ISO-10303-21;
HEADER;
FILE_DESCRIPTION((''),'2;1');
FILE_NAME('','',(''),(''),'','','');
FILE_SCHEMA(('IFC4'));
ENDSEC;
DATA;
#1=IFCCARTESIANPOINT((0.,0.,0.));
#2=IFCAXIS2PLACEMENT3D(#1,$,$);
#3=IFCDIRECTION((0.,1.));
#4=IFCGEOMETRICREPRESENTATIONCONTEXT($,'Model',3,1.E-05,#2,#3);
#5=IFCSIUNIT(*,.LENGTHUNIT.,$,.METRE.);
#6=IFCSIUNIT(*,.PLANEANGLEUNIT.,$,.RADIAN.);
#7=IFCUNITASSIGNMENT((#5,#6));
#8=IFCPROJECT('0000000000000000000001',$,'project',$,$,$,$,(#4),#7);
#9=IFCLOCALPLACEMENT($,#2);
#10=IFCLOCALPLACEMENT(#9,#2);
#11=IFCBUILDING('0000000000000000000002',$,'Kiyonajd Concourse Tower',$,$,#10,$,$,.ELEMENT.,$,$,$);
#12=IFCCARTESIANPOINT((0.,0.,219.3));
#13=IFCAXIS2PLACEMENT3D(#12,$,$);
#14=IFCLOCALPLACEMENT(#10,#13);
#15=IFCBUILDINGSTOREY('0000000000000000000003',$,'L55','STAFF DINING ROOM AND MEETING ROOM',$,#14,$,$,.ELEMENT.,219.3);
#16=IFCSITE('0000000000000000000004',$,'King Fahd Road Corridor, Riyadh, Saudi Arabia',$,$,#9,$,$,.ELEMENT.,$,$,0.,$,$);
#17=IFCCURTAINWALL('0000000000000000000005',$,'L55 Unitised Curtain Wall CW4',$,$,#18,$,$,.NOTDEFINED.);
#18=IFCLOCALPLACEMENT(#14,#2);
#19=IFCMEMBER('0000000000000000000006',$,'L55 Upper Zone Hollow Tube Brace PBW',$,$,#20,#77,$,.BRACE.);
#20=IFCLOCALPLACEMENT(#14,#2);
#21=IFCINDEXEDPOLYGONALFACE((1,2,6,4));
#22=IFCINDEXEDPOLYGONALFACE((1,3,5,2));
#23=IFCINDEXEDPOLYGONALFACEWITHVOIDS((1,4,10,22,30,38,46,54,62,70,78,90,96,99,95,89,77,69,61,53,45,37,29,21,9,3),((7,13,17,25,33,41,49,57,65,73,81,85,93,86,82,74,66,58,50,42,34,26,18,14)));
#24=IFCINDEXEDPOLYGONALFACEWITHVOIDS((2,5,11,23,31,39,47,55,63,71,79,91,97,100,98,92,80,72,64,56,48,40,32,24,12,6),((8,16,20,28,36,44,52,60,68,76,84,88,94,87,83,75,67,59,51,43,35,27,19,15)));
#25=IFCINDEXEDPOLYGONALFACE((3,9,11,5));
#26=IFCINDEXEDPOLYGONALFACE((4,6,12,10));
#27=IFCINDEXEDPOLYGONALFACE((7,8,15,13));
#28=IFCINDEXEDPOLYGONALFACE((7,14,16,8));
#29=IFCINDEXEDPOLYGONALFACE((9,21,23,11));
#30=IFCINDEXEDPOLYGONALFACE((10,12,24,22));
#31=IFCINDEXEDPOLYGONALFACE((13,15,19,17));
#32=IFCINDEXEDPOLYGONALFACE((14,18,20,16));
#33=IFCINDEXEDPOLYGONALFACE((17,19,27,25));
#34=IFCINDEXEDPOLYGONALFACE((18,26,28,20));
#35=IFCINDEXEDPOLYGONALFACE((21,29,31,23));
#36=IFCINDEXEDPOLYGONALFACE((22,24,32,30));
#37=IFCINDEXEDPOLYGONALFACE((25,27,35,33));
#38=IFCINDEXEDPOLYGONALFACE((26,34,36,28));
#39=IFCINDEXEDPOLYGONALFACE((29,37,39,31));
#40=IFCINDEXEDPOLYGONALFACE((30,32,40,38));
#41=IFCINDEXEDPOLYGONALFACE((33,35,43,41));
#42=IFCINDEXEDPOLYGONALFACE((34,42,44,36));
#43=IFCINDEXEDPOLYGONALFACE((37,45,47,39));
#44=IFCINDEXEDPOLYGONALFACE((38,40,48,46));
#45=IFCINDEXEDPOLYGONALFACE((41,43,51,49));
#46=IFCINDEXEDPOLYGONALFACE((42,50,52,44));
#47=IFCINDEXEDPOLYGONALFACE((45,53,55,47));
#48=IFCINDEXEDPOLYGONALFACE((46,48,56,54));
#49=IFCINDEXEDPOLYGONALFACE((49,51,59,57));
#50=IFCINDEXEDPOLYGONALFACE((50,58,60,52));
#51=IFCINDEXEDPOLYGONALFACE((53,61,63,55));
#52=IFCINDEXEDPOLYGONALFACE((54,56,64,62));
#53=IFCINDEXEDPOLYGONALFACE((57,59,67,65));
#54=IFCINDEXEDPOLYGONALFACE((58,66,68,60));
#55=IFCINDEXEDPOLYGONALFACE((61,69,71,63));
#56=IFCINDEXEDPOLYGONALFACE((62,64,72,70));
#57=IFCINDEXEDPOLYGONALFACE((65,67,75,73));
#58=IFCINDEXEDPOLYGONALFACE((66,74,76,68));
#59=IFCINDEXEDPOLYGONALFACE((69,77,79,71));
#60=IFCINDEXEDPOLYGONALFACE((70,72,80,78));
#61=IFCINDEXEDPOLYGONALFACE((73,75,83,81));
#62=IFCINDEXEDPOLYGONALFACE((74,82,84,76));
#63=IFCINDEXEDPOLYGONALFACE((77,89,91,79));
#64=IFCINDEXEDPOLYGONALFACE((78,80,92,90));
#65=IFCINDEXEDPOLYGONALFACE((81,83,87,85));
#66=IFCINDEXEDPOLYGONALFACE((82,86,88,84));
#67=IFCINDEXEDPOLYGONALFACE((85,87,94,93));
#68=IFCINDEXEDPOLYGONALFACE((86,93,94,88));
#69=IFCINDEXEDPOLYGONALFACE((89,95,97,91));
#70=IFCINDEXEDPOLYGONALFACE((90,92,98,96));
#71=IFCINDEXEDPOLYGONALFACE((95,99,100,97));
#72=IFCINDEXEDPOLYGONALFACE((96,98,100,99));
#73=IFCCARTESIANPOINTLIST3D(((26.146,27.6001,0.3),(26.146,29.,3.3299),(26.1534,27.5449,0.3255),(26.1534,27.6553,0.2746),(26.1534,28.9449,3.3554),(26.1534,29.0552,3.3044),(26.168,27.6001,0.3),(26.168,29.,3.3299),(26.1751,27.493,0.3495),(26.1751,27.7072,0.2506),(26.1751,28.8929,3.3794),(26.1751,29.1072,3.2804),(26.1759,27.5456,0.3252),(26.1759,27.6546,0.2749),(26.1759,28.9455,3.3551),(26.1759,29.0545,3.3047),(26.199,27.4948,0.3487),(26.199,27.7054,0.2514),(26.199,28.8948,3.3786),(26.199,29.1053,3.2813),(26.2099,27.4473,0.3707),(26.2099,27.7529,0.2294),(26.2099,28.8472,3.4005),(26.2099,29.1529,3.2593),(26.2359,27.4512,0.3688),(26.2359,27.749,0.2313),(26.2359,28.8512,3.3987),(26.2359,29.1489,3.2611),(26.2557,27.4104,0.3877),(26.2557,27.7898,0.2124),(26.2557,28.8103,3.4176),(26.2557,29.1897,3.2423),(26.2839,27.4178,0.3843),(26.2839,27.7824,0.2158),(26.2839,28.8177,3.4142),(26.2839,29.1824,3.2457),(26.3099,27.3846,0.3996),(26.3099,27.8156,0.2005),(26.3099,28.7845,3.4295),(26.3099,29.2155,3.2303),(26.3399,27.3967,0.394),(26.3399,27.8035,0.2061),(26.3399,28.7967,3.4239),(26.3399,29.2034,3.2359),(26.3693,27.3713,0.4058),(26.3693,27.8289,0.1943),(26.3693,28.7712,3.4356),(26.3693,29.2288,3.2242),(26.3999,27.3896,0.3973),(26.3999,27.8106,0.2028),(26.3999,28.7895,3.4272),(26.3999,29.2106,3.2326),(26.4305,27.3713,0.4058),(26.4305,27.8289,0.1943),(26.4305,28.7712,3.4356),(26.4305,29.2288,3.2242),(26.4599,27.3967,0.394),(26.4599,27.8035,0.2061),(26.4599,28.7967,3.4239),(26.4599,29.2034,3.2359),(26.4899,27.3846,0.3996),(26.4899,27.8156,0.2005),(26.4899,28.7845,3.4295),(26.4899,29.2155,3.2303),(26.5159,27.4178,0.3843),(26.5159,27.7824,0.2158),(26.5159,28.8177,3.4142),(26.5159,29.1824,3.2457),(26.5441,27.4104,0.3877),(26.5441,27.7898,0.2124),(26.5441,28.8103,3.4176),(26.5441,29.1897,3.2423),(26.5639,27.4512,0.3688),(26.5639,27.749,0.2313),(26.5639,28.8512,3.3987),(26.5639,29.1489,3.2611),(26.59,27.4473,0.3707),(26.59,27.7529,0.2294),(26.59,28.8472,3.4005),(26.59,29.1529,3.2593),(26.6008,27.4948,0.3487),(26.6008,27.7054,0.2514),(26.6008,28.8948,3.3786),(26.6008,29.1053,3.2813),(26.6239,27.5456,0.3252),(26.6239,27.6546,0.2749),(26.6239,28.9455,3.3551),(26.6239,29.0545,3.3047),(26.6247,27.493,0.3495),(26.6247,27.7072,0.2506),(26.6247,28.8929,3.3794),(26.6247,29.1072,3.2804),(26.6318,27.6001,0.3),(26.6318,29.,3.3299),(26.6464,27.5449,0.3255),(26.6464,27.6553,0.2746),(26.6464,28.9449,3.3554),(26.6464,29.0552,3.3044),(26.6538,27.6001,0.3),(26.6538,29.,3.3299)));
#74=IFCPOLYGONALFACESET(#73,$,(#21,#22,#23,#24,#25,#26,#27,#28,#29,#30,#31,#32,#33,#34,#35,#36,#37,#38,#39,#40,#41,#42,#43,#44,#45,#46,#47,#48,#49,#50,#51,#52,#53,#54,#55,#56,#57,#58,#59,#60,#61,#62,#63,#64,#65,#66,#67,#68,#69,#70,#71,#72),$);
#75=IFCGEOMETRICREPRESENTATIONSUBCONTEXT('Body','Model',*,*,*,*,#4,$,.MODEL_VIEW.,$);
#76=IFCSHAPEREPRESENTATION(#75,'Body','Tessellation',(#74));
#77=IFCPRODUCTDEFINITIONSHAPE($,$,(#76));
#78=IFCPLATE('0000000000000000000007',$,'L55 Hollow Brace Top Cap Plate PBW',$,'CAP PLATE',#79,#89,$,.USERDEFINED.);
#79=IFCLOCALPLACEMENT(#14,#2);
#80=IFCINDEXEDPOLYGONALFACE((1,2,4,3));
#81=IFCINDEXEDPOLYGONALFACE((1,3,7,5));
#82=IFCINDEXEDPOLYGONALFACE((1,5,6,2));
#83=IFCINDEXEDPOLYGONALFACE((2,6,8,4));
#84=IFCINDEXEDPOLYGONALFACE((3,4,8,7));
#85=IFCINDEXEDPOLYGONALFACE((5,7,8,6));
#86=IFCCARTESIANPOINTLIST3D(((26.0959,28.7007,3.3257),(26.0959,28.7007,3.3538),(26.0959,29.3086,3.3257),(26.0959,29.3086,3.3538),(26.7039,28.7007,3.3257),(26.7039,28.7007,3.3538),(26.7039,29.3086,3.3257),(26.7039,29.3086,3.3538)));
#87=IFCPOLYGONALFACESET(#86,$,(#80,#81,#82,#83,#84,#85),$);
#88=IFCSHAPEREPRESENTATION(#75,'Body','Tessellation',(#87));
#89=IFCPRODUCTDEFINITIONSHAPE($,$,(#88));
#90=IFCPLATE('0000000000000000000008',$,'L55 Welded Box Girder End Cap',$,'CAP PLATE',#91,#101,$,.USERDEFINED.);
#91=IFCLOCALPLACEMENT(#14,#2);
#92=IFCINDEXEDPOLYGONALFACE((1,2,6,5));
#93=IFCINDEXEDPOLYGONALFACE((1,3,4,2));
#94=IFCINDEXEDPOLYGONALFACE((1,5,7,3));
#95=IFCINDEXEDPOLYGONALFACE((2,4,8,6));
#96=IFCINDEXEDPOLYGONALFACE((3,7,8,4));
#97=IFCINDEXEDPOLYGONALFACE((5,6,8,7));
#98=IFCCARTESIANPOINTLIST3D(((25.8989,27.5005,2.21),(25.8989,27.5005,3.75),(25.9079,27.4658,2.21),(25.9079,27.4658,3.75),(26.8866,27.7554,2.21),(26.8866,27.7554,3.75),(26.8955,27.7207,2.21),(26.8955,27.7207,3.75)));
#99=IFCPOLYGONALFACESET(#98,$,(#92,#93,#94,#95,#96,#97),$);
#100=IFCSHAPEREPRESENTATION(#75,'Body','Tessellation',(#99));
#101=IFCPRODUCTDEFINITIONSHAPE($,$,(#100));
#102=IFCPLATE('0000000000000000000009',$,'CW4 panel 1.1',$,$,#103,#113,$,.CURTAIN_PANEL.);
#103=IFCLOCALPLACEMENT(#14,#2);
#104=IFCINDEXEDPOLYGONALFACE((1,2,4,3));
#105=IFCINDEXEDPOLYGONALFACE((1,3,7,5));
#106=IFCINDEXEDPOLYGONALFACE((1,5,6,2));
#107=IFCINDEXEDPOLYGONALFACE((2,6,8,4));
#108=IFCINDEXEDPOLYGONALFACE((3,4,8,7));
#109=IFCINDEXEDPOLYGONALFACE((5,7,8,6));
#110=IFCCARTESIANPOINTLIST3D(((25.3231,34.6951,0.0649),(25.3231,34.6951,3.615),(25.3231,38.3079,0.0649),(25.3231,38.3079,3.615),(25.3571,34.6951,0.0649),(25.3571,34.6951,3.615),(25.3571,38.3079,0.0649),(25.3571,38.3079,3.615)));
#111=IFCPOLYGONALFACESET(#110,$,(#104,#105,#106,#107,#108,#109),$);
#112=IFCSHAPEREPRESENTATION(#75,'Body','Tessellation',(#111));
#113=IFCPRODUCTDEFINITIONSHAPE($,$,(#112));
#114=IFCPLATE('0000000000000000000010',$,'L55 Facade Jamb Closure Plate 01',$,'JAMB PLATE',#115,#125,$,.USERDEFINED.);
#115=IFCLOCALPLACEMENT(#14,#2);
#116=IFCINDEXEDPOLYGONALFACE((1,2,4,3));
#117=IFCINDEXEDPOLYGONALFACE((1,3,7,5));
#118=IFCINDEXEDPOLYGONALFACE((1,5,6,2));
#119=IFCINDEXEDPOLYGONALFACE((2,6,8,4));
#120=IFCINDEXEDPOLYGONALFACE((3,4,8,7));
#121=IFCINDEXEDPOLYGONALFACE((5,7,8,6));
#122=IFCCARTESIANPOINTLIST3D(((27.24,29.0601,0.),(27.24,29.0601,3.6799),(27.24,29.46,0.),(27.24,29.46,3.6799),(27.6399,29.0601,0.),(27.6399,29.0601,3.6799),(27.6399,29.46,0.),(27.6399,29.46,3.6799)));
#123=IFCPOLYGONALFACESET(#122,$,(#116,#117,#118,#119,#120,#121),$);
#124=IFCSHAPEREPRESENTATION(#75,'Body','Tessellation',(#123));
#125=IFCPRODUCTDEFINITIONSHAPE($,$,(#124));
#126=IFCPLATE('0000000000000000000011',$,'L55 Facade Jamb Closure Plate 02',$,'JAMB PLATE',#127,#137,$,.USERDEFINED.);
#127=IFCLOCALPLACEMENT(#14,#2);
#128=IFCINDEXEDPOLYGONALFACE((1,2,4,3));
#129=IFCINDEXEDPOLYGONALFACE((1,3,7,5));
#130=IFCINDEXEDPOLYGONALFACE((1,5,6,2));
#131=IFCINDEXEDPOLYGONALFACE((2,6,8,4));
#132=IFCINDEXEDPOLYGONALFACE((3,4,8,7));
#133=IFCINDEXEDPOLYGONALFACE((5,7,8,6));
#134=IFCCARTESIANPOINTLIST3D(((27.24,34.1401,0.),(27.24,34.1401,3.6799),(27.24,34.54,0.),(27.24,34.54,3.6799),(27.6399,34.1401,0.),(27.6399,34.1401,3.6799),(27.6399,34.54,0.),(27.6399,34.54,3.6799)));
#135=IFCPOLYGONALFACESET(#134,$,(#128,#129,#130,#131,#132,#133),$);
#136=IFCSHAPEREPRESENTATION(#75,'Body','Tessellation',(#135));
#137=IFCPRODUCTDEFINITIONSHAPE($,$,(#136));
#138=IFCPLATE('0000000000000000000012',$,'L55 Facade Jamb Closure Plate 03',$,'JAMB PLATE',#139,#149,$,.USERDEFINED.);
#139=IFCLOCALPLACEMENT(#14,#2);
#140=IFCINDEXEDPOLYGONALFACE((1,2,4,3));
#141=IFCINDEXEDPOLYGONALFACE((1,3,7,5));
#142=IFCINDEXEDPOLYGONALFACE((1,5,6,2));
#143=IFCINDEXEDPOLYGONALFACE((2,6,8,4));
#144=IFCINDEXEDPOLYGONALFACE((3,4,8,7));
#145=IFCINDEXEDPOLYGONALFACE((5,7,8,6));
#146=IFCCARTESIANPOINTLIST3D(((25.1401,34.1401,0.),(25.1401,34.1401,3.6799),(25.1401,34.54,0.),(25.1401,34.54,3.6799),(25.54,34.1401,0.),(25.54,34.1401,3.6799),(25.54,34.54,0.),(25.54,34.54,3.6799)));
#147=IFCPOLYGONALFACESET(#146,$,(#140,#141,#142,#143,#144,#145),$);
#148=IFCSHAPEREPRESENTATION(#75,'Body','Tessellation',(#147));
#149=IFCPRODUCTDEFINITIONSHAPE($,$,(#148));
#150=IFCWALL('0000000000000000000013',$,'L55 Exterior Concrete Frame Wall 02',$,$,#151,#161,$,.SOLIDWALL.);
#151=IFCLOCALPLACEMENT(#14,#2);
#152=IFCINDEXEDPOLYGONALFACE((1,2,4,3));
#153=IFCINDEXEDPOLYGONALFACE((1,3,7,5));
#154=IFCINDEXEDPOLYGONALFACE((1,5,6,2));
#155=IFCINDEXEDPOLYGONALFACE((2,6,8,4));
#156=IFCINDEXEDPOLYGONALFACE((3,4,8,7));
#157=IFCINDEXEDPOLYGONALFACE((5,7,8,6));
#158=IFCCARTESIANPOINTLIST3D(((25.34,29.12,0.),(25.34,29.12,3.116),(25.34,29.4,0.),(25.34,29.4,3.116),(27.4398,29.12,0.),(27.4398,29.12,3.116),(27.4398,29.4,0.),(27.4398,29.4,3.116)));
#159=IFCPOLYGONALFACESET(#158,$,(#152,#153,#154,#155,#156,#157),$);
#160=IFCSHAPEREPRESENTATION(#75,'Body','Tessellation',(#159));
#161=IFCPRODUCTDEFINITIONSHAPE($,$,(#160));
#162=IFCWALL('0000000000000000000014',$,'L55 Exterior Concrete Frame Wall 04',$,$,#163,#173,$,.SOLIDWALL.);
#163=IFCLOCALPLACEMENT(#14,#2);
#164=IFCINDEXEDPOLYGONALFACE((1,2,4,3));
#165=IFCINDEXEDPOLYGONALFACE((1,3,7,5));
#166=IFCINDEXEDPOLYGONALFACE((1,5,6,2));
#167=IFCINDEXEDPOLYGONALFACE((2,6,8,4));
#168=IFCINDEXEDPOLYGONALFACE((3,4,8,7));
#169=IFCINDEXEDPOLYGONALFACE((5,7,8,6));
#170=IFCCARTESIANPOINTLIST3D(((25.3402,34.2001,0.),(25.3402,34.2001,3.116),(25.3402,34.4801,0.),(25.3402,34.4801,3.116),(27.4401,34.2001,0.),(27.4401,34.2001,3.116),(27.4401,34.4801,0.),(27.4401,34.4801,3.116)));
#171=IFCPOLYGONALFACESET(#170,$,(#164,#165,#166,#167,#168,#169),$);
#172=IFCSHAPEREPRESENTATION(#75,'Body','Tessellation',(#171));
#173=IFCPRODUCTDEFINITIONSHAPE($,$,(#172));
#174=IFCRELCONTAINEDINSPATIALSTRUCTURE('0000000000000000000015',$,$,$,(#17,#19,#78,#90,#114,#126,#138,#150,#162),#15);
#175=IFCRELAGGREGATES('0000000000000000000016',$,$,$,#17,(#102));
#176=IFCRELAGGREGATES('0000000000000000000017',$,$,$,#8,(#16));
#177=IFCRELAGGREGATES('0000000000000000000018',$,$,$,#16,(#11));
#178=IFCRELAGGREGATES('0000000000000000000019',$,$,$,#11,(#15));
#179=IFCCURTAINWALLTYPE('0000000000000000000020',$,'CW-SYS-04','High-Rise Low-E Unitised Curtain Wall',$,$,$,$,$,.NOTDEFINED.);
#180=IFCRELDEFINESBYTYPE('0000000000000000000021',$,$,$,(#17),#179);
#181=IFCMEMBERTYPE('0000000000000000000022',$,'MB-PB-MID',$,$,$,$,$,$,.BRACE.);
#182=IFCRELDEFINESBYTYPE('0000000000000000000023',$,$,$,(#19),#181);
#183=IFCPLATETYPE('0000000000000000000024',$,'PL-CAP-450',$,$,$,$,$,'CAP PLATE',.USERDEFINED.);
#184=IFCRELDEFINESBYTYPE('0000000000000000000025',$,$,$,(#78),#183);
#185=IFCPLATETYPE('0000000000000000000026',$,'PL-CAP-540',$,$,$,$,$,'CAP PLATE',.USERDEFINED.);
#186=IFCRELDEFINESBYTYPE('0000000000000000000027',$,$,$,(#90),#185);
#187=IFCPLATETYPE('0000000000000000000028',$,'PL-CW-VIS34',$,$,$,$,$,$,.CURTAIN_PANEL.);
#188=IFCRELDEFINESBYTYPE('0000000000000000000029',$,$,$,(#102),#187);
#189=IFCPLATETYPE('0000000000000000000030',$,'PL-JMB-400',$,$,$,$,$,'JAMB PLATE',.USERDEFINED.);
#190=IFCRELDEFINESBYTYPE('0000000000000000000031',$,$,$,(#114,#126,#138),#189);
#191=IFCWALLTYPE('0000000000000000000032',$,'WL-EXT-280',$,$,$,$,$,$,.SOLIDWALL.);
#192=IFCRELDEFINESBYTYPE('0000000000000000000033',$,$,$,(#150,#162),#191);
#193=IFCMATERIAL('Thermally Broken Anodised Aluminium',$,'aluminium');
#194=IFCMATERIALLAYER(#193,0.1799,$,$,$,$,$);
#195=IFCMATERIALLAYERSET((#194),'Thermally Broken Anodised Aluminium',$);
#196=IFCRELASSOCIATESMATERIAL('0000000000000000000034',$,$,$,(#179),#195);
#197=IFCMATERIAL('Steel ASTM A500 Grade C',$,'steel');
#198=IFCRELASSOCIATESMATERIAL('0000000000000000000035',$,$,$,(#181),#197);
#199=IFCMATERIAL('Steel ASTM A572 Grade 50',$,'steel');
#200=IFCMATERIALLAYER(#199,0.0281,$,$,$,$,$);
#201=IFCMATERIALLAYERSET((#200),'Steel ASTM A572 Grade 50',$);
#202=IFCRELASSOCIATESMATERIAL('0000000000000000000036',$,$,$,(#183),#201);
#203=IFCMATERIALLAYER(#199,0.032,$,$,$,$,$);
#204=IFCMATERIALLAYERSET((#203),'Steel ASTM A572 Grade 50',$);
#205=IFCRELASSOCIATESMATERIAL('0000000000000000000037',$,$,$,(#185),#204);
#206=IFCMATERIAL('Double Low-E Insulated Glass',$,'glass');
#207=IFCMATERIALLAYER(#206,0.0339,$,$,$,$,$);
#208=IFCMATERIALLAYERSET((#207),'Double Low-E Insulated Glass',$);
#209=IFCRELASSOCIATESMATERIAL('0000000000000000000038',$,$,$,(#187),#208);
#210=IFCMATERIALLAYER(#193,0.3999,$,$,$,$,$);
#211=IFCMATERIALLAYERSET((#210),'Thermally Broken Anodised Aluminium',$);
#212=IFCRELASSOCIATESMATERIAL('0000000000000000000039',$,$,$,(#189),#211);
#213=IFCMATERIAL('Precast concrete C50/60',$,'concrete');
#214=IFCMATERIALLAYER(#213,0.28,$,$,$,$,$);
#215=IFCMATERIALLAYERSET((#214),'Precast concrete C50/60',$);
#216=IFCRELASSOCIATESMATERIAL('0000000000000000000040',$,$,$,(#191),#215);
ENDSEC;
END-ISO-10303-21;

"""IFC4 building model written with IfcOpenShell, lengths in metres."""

from ifc_helpers import new_model, si_unit, direction, frame, frame_2d, origin, origin_2d, place, context, subcontext, project, spatial, rectangle, hollow_circle, extrude, material, layer, layer_set, material_profile, profile_set, type_object, element, aggregate, save


model = new_model("IFC4")

# Units and contexts
model_context = context("Model", 3, precision=1e-05, world=origin(), true_north=direction((0.0, 1.0)))
body_context = subcontext(model_context, "Body", "Model", "MODEL_VIEW")
ifc_project = project(units=[si_unit("LENGTHUNIT", "METRE"), si_unit("PLANEANGLEUNIT", "RADIAN")], contexts=[model_context])

# Site, building, storey
site_placement = place(None, origin())
site = spatial("IfcSite", under=ifc_project, at=site_placement, Name="King Fahd Road Corridor, Riyadh, Saudi Arabia", CompositionType="ELEMENT", RefElevation=0.0)
building_placement = place(site_placement, origin())
building = spatial("IfcBuilding", under=site, at=building_placement, Name="Kiyonajd Concourse Tower", CompositionType="ELEMENT")
storey_placement = place(building_placement, frame((0.0, 0.0, 219.3)))
storey = spatial("IfcBuildingStorey", under=building, at=storey_placement, Name="L55", Description="STAFF DINING ROOM AND MEETING ROOM", CompositionType="ELEMENT", Elevation=219.3)

# Shared definitions
ifc_material_1 = material(Name="Steel ASTM A572 Grade 50", Category="steel")

# Curtain wall
ifc_material_2 = material(Name="Thermally Broken Anodised Aluminium", Category="aluminium")
ifc_layer_1 = layer(ifc_material_2, 0.1799)
ifc_layer_set_1 = layer_set([ifc_layer_1], Name="Thermally Broken Anodised Aluminium")
curtain_wall_type = type_object("IfcCurtainWallType", Name="CW-SYS-04", Description="High-Rise Low-E Unitised Curtain Wall", PredefinedType="NOTDEFINED", material=ifc_layer_set_1)
curtain_wall_placement = place(storey_placement, origin())
curtain_wall = element("IfcCurtainWall", 1, at=curtain_wall_placement, inside=storey, type_object=curtain_wall_type, Name="L55 Unitised Curtain Wall CW4", PredefinedType="NOTDEFINED")

# Member
ifc_material_3 = material(Name="Steel ASTM A500 Grade C", Category="steel")
ifc_material_profile_1 = material_profile(ifc_material_3, hollow_circle(Radius=0.2539, WallThickness=0.022, at=origin_2d()), Name="CHS-508x22")
ifc_profile_set_1 = profile_set([ifc_material_profile_1], Name="Steel ASTM A500 Grade C")
member_type_1 = type_object("IfcMemberType", Name="MB-PB-MID", PredefinedType="BRACE", material=ifc_profile_set_1)
member_1_placement = place(storey_placement, frame((26.3999, 27.6001, 0.3), z_axis=(0.0, 0.419439, 0.907784), x_axis=(-1.0, 0.0, 0.0)))
element("IfcMember", 2, at=member_1_placement, inside=storey, type_object=member_type_1, Name="L55 Upper Zone Hollow Tube Brace PBW", PredefinedType="BRACE", context=body_context, shape_type="SweptSolid", body=[
    extrude(hollow_circle(Radius=0.2539, WallThickness=0.022, at=origin_2d()), origin(), (0.0, 0.0, 1.0), 3.3376),
])

# Plates
ifc_layer_2 = layer(ifc_material_1, 0.0281)
ifc_layer_set_2 = layer_set([ifc_layer_2], Name="Steel ASTM A572 Grade 50")
plate_type_1 = type_object("IfcPlateType", Name="PL-CAP-450", ElementType="CAP PLATE", PredefinedType="USERDEFINED", material=ifc_layer_set_2)
plate_1_placement = place(storey_placement, frame((26.3999, 29.0046, 3.3257), z_axis=(0.0, 0.0, 1.0), x_axis=(1.0, 0.0, 0.0)))
element("IfcPlate", 3, at=plate_1_placement, inside=storey, type_object=plate_type_1, Name="L55 Hollow Brace Top Cap Plate PBW", ObjectType="CAP PLATE", PredefinedType="USERDEFINED", context=body_context, shape_type="SweptSolid", body=[
    extrude(rectangle(XDim=0.6079, YDim=0.6079, at=origin_2d()), origin(), (0.0, 0.0, 1.0), 0.0281),
])
ifc_layer_3 = layer(ifc_material_1, 0.032)
ifc_layer_set_3 = layer_set([ifc_layer_3], Name="Steel ASTM A572 Grade 50")
plate_type_2 = type_object("IfcPlateType", Name="PL-CAP-540", ElementType="CAP PLATE", PredefinedType="USERDEFINED", material=ifc_layer_set_3)
plate_2_placement = place(storey_placement, frame((26.3972, 27.6106, 2.21), z_axis=(0.0, 0.0, 1.0), x_axis=(-0.249873, 0.968279, 0.0)))
element("IfcPlate", 4, at=plate_2_placement, inside=storey, type_object=plate_type_2, Name="L55 Welded Box Girder End Cap", ObjectType="CAP PLATE", PredefinedType="USERDEFINED", context=body_context, shape_type="SweptSolid", body=[
    extrude(rectangle(XDim=0.0359, YDim=1.02, at=origin_2d()), origin(), (0.0, 0.0, 1.0), 1.54),
])

# Plate
ifc_material_4 = material(Name="Double Low-E Insulated Glass", Category="glass")
ifc_layer_4 = layer(ifc_material_4, 0.0339)
ifc_layer_set_4 = layer_set([ifc_layer_4], Name="Double Low-E Insulated Glass")
plate_type_3 = type_object("IfcPlateType", Name="PL-CW-VIS34", PredefinedType="CURTAIN_PANEL", material=ifc_layer_set_4)
plate_3_placement = place(storey_placement, frame((25.3401, 36.5015, 0.0649), z_axis=(0.0, 0.0, 1.0), x_axis=(0.0, 1.0, 0.0)))
plate_3 = element("IfcPlate", 5, at=plate_3_placement, type_object=plate_type_3, Name="CW4 panel 1.1", PredefinedType="CURTAIN_PANEL", context=body_context, shape_type="SweptSolid", body=[
    extrude(rectangle(XDim=3.6128, YDim=0.0339, at=origin_2d()), origin(), (0.0, 0.0, 1.0), 3.55),
])
aggregate(curtain_wall, [plate_3])

# Plates
ifc_layer_5 = layer(ifc_material_2, 0.3999)
ifc_layer_set_5 = layer_set([ifc_layer_5], Name="Thermally Broken Anodised Aluminium")
plate_type_4 = type_object("IfcPlateType", Name="PL-JMB-400", ElementType="JAMB PLATE", PredefinedType="USERDEFINED", material=ifc_layer_set_5)
for number, where, z_axis, x_axis, name in (
    (6, (27.4399, 29.26, 0.0), (0.0, 0.0, 1.0), (1.0, 0.0, 0.0), "L55 Facade Jamb Closure Plate 01"),
    (7, (27.4399, 34.3401, 0.0), (0.0, 0.0, 1.0), (1.0, 0.0, 0.0), "L55 Facade Jamb Closure Plate 02"),
    (8, (25.3401, 34.3401, 0.0), (0.0, 0.0, 1.0), (1.0, 0.0, 0.0), "L55 Facade Jamb Closure Plate 03"),
):
    element("IfcPlate", number, at=place(storey_placement, frame(where, z_axis=z_axis, x_axis=x_axis)), inside=storey, type_object=plate_type_4, Name=name, ObjectType="JAMB PLATE", PredefinedType="USERDEFINED", context=body_context, shape_type="SweptSolid", body=[
        extrude(rectangle(XDim=0.3999, YDim=0.3999, at=origin_2d()), origin(), (0.0, 0.0, 1.0), 3.6799),
    ])

# Walls
ifc_material_5 = material(Name="Precast concrete C50/60", Category="concrete")
ifc_layer_6 = layer(ifc_material_5, 0.28)
ifc_layer_set_6 = layer_set([ifc_layer_6], Name="Precast concrete C50/60")
wall_type_1 = type_object("IfcWallType", Name="WL-EXT-280", PredefinedType="SOLIDWALL", material=ifc_layer_set_6)
for number, where, z_axis, x_axis, name in (
    (9, (25.3401, 29.26, 0.0), (0.0, 0.0, 1.0), (1.0, 0.0, 0.0), "L55 Exterior Concrete Frame Wall 02"),
    (10, (27.4399, 34.3401, 0.0), (0.0, 0.0, 1.0), (-1.0, 0.0, 0.0), "L55 Exterior Concrete Frame Wall 04"),
):
    element("IfcWall", number, at=place(storey_placement, frame(where, z_axis=z_axis, x_axis=x_axis)), inside=storey, type_object=wall_type_1, Name=name, PredefinedType="SOLIDWALL", context=body_context, shape_type="SweptSolid", body=[
        extrude(rectangle(XDim=2.0999, YDim=0.28, at=frame_2d((1.0498, 0.0))), origin(), (0.0, 0.0, 1.0), 3.116),
    ])

save(model, "model.ifc")
